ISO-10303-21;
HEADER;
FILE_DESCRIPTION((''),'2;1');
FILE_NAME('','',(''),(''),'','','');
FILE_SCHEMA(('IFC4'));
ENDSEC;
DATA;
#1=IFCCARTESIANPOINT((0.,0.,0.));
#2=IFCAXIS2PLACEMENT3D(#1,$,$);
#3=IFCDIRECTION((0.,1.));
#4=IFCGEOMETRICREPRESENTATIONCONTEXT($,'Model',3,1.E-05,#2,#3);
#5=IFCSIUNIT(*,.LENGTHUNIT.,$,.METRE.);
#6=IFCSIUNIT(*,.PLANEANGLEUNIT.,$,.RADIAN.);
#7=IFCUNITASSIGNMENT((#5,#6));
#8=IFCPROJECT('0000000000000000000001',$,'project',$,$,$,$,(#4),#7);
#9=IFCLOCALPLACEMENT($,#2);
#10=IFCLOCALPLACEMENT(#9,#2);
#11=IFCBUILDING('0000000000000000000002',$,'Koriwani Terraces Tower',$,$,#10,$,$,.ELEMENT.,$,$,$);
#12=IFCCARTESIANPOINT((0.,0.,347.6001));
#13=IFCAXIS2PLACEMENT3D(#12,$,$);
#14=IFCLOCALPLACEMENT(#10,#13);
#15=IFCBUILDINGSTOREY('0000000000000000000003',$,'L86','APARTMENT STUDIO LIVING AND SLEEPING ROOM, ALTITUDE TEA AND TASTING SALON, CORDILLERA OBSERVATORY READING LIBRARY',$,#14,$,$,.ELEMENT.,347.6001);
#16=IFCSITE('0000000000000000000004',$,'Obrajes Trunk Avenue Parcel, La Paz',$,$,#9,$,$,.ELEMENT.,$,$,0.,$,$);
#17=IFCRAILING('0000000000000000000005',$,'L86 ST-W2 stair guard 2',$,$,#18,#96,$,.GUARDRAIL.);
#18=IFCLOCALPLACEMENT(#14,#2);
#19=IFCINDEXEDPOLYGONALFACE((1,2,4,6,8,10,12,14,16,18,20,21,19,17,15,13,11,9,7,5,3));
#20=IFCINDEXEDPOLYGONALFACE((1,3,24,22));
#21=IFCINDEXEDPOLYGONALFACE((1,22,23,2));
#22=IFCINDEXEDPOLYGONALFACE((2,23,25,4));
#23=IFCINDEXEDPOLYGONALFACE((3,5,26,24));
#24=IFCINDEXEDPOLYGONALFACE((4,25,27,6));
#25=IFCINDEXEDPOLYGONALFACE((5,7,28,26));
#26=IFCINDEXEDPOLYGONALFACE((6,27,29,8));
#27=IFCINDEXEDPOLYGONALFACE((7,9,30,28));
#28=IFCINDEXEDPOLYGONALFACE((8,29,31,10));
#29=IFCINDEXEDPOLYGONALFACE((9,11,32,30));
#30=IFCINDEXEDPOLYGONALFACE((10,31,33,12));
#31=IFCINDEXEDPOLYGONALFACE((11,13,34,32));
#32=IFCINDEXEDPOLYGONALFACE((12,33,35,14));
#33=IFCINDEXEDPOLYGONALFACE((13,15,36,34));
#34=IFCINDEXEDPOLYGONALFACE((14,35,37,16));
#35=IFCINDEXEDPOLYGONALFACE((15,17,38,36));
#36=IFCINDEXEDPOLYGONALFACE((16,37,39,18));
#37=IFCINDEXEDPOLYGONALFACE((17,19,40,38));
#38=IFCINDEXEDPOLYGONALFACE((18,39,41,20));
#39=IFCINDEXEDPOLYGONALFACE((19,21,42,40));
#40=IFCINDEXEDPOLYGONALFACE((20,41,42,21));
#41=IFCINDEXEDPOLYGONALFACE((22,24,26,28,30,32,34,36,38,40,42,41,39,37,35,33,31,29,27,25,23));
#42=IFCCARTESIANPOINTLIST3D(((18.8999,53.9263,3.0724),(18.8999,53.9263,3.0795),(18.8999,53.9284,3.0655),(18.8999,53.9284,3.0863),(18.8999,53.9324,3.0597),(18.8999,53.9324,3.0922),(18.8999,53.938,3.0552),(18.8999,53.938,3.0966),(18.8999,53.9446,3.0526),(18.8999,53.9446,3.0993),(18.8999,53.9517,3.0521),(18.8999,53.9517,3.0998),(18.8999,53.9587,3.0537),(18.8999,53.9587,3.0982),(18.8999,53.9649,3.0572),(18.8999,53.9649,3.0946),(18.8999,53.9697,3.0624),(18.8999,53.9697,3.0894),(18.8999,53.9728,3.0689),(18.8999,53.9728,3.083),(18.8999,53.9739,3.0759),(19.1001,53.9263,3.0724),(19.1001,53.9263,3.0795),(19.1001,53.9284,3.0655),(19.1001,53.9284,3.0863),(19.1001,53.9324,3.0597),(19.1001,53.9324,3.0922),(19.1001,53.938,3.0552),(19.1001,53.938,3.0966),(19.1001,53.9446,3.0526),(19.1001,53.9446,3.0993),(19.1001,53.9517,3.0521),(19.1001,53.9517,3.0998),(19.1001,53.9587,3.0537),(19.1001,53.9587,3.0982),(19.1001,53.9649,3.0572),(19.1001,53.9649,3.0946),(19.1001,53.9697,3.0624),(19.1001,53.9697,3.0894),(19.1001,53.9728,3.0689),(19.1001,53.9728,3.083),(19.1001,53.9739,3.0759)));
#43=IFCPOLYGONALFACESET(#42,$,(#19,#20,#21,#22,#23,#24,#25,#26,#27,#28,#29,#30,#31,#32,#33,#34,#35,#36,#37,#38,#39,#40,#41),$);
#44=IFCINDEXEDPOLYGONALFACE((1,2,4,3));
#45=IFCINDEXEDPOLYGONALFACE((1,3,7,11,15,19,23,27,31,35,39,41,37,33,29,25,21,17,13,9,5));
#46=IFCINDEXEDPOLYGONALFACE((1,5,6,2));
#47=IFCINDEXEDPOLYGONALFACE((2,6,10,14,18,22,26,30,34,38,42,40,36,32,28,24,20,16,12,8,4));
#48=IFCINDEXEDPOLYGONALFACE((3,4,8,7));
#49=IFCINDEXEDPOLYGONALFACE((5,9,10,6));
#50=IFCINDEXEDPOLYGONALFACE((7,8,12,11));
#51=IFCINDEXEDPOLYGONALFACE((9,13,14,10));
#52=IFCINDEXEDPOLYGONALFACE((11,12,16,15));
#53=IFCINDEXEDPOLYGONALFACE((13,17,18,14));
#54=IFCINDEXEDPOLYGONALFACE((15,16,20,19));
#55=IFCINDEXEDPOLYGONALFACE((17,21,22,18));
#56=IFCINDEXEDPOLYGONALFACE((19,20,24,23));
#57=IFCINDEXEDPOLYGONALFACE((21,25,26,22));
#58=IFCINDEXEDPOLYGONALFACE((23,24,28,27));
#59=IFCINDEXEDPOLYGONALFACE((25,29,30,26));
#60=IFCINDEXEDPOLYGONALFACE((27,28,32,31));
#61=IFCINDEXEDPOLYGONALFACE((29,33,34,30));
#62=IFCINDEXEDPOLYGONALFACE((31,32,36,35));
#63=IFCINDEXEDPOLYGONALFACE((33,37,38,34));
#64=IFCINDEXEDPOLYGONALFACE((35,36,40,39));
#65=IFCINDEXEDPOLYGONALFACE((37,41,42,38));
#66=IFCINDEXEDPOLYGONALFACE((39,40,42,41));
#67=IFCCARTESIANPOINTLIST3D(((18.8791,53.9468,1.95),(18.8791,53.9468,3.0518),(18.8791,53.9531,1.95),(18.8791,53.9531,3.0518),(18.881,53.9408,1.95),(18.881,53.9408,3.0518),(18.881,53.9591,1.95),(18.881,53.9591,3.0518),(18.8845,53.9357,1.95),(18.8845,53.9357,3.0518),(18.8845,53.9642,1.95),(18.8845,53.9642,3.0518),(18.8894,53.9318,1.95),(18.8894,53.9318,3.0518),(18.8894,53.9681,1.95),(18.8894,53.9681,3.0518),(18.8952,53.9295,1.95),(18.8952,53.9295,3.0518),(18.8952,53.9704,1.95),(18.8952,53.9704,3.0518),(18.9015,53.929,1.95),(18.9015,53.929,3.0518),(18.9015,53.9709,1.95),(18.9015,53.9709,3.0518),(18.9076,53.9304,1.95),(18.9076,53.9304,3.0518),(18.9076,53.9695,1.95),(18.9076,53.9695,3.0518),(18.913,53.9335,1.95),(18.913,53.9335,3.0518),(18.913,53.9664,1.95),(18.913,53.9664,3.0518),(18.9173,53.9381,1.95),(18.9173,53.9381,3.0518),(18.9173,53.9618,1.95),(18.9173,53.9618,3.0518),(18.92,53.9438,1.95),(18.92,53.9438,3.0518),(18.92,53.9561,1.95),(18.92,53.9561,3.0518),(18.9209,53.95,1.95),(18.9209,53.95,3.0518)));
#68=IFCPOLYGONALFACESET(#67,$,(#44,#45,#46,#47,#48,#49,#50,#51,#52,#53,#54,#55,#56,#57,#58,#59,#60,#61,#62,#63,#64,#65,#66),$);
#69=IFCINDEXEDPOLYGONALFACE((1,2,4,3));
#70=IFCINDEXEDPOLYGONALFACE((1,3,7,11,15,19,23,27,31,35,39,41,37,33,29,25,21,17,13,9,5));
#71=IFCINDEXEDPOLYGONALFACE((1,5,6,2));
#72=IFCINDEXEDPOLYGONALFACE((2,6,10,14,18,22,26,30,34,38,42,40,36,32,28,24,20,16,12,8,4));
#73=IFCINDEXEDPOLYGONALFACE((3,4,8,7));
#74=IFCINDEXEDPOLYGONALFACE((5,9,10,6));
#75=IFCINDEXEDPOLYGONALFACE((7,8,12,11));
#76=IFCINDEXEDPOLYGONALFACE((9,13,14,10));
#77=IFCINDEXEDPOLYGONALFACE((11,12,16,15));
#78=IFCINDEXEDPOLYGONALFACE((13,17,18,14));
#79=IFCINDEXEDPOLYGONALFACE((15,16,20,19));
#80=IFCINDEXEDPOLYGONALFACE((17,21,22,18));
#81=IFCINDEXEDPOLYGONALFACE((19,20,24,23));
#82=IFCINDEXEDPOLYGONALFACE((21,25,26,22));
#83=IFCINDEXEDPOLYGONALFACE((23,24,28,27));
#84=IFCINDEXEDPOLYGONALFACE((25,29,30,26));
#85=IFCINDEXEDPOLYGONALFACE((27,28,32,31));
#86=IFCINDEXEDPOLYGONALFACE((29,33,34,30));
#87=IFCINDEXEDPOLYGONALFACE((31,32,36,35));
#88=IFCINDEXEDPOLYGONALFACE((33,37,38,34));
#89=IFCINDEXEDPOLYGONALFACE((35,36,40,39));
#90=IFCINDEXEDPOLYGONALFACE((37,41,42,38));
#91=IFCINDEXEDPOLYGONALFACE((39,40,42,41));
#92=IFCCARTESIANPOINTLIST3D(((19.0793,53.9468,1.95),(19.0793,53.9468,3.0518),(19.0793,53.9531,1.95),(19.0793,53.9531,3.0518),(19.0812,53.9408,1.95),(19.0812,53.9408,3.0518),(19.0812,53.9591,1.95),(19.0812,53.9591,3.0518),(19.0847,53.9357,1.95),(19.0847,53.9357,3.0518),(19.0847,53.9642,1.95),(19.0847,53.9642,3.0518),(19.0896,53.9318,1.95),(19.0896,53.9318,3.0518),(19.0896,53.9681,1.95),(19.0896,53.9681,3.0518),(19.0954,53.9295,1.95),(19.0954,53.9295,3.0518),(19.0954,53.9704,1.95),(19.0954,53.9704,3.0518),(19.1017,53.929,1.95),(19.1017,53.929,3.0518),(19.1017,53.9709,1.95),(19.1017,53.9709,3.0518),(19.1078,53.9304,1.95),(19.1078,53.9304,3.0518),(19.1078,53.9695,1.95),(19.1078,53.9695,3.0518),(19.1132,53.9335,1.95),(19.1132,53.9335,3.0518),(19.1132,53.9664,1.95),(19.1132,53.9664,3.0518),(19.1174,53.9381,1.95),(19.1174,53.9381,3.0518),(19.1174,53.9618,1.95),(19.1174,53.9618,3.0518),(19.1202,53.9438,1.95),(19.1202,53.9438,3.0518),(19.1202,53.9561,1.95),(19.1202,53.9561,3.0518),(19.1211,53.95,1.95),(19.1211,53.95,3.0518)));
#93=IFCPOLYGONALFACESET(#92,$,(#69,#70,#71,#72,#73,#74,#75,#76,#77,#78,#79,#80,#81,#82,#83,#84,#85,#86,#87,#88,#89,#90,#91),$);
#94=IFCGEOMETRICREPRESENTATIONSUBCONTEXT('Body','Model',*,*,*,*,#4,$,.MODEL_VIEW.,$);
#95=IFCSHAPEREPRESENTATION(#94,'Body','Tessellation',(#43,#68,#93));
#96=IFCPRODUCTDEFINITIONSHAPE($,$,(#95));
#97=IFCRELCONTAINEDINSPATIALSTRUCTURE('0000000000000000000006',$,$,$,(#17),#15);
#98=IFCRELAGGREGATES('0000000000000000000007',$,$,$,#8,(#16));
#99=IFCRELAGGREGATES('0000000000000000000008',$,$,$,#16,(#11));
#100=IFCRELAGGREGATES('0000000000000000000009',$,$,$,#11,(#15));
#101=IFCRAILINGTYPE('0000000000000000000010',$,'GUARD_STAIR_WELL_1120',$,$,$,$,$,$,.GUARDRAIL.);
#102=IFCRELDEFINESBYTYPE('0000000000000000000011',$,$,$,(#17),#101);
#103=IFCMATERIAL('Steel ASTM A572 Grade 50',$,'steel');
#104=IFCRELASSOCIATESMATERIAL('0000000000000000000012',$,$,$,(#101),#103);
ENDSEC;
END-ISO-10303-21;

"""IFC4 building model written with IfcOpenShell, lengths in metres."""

from ifc_helpers import new_model, si_unit, direction, frame, origin, origin_2d, place, context, subcontext, project, spatial, circle, extrude, material, type_object, element, save


model = new_model("IFC4")

# Units and contexts
model_context = context("Model", 3, precision=1e-05, world=origin(), true_north=direction((0.0, 1.0)))
body_context = subcontext(model_context, "Body", "Model", "MODEL_VIEW")
ifc_project = project(units=[si_unit("LENGTHUNIT", "METRE"), si_unit("PLANEANGLEUNIT", "RADIAN")], contexts=[model_context])

# Site, building, storey
site_placement = place(None, origin())
site = spatial("IfcSite", under=ifc_project, at=site_placement, Name="Obrajes Trunk Avenue Parcel, La Paz", CompositionType="ELEMENT", RefElevation=0.0)
building_placement = place(site_placement, origin())
building = spatial("IfcBuilding", under=site, at=building_placement, Name="Koriwani Terraces Tower", CompositionType="ELEMENT")
storey_placement = place(building_placement, frame((0.0, 0.0, 347.6001)))
storey = spatial("IfcBuildingStorey", under=building, at=storey_placement, Name="L86", Description="APARTMENT STUDIO LIVING AND SLEEPING ROOM, ALTITUDE TEA AND TASTING SALON, CORDILLERA OBSERVATORY READING LIBRARY", CompositionType="ELEMENT", Elevation=347.6001)

# Shared definitions
ifc_material_1 = material(Name="Steel ASTM A572 Grade 50", Category="steel")

# Railing
railing_type_1 = type_object("IfcRailingType", Name="GUARD_STAIR_WELL_1120", PredefinedType="GUARDRAIL", material=ifc_material_1)
railing_1_placement = place(storey_placement, frame((18.8999, 53.95, 1.95)))
element("IfcRailing", 1, at=railing_1_placement, inside=storey, type_object=railing_type_1, Name="L86 ST-W2 stair guard 2", PredefinedType="GUARDRAIL", context=body_context, shape_type="SweptSolid", body=[
    extrude(circle(Radius=0.0239, at=origin_2d()), frame((0.0, 0.0, 1.126), z_axis=(1.0, 0.0, 0.0), x_axis=(0.0, 1.0, 0.0)), (0.0, 0.0, 1.0), 0.2002),
    extrude(circle(Radius=0.021, at=origin_2d()), origin(), (0.0, 0.0, 1.0), 1.1018),
    extrude(circle(Radius=0.021, at=origin_2d()), frame((0.2002, 0.0, 0.0)), (0.0, 0.0, 1.0), 1.1018),
])

save(model, "model.ifc")
